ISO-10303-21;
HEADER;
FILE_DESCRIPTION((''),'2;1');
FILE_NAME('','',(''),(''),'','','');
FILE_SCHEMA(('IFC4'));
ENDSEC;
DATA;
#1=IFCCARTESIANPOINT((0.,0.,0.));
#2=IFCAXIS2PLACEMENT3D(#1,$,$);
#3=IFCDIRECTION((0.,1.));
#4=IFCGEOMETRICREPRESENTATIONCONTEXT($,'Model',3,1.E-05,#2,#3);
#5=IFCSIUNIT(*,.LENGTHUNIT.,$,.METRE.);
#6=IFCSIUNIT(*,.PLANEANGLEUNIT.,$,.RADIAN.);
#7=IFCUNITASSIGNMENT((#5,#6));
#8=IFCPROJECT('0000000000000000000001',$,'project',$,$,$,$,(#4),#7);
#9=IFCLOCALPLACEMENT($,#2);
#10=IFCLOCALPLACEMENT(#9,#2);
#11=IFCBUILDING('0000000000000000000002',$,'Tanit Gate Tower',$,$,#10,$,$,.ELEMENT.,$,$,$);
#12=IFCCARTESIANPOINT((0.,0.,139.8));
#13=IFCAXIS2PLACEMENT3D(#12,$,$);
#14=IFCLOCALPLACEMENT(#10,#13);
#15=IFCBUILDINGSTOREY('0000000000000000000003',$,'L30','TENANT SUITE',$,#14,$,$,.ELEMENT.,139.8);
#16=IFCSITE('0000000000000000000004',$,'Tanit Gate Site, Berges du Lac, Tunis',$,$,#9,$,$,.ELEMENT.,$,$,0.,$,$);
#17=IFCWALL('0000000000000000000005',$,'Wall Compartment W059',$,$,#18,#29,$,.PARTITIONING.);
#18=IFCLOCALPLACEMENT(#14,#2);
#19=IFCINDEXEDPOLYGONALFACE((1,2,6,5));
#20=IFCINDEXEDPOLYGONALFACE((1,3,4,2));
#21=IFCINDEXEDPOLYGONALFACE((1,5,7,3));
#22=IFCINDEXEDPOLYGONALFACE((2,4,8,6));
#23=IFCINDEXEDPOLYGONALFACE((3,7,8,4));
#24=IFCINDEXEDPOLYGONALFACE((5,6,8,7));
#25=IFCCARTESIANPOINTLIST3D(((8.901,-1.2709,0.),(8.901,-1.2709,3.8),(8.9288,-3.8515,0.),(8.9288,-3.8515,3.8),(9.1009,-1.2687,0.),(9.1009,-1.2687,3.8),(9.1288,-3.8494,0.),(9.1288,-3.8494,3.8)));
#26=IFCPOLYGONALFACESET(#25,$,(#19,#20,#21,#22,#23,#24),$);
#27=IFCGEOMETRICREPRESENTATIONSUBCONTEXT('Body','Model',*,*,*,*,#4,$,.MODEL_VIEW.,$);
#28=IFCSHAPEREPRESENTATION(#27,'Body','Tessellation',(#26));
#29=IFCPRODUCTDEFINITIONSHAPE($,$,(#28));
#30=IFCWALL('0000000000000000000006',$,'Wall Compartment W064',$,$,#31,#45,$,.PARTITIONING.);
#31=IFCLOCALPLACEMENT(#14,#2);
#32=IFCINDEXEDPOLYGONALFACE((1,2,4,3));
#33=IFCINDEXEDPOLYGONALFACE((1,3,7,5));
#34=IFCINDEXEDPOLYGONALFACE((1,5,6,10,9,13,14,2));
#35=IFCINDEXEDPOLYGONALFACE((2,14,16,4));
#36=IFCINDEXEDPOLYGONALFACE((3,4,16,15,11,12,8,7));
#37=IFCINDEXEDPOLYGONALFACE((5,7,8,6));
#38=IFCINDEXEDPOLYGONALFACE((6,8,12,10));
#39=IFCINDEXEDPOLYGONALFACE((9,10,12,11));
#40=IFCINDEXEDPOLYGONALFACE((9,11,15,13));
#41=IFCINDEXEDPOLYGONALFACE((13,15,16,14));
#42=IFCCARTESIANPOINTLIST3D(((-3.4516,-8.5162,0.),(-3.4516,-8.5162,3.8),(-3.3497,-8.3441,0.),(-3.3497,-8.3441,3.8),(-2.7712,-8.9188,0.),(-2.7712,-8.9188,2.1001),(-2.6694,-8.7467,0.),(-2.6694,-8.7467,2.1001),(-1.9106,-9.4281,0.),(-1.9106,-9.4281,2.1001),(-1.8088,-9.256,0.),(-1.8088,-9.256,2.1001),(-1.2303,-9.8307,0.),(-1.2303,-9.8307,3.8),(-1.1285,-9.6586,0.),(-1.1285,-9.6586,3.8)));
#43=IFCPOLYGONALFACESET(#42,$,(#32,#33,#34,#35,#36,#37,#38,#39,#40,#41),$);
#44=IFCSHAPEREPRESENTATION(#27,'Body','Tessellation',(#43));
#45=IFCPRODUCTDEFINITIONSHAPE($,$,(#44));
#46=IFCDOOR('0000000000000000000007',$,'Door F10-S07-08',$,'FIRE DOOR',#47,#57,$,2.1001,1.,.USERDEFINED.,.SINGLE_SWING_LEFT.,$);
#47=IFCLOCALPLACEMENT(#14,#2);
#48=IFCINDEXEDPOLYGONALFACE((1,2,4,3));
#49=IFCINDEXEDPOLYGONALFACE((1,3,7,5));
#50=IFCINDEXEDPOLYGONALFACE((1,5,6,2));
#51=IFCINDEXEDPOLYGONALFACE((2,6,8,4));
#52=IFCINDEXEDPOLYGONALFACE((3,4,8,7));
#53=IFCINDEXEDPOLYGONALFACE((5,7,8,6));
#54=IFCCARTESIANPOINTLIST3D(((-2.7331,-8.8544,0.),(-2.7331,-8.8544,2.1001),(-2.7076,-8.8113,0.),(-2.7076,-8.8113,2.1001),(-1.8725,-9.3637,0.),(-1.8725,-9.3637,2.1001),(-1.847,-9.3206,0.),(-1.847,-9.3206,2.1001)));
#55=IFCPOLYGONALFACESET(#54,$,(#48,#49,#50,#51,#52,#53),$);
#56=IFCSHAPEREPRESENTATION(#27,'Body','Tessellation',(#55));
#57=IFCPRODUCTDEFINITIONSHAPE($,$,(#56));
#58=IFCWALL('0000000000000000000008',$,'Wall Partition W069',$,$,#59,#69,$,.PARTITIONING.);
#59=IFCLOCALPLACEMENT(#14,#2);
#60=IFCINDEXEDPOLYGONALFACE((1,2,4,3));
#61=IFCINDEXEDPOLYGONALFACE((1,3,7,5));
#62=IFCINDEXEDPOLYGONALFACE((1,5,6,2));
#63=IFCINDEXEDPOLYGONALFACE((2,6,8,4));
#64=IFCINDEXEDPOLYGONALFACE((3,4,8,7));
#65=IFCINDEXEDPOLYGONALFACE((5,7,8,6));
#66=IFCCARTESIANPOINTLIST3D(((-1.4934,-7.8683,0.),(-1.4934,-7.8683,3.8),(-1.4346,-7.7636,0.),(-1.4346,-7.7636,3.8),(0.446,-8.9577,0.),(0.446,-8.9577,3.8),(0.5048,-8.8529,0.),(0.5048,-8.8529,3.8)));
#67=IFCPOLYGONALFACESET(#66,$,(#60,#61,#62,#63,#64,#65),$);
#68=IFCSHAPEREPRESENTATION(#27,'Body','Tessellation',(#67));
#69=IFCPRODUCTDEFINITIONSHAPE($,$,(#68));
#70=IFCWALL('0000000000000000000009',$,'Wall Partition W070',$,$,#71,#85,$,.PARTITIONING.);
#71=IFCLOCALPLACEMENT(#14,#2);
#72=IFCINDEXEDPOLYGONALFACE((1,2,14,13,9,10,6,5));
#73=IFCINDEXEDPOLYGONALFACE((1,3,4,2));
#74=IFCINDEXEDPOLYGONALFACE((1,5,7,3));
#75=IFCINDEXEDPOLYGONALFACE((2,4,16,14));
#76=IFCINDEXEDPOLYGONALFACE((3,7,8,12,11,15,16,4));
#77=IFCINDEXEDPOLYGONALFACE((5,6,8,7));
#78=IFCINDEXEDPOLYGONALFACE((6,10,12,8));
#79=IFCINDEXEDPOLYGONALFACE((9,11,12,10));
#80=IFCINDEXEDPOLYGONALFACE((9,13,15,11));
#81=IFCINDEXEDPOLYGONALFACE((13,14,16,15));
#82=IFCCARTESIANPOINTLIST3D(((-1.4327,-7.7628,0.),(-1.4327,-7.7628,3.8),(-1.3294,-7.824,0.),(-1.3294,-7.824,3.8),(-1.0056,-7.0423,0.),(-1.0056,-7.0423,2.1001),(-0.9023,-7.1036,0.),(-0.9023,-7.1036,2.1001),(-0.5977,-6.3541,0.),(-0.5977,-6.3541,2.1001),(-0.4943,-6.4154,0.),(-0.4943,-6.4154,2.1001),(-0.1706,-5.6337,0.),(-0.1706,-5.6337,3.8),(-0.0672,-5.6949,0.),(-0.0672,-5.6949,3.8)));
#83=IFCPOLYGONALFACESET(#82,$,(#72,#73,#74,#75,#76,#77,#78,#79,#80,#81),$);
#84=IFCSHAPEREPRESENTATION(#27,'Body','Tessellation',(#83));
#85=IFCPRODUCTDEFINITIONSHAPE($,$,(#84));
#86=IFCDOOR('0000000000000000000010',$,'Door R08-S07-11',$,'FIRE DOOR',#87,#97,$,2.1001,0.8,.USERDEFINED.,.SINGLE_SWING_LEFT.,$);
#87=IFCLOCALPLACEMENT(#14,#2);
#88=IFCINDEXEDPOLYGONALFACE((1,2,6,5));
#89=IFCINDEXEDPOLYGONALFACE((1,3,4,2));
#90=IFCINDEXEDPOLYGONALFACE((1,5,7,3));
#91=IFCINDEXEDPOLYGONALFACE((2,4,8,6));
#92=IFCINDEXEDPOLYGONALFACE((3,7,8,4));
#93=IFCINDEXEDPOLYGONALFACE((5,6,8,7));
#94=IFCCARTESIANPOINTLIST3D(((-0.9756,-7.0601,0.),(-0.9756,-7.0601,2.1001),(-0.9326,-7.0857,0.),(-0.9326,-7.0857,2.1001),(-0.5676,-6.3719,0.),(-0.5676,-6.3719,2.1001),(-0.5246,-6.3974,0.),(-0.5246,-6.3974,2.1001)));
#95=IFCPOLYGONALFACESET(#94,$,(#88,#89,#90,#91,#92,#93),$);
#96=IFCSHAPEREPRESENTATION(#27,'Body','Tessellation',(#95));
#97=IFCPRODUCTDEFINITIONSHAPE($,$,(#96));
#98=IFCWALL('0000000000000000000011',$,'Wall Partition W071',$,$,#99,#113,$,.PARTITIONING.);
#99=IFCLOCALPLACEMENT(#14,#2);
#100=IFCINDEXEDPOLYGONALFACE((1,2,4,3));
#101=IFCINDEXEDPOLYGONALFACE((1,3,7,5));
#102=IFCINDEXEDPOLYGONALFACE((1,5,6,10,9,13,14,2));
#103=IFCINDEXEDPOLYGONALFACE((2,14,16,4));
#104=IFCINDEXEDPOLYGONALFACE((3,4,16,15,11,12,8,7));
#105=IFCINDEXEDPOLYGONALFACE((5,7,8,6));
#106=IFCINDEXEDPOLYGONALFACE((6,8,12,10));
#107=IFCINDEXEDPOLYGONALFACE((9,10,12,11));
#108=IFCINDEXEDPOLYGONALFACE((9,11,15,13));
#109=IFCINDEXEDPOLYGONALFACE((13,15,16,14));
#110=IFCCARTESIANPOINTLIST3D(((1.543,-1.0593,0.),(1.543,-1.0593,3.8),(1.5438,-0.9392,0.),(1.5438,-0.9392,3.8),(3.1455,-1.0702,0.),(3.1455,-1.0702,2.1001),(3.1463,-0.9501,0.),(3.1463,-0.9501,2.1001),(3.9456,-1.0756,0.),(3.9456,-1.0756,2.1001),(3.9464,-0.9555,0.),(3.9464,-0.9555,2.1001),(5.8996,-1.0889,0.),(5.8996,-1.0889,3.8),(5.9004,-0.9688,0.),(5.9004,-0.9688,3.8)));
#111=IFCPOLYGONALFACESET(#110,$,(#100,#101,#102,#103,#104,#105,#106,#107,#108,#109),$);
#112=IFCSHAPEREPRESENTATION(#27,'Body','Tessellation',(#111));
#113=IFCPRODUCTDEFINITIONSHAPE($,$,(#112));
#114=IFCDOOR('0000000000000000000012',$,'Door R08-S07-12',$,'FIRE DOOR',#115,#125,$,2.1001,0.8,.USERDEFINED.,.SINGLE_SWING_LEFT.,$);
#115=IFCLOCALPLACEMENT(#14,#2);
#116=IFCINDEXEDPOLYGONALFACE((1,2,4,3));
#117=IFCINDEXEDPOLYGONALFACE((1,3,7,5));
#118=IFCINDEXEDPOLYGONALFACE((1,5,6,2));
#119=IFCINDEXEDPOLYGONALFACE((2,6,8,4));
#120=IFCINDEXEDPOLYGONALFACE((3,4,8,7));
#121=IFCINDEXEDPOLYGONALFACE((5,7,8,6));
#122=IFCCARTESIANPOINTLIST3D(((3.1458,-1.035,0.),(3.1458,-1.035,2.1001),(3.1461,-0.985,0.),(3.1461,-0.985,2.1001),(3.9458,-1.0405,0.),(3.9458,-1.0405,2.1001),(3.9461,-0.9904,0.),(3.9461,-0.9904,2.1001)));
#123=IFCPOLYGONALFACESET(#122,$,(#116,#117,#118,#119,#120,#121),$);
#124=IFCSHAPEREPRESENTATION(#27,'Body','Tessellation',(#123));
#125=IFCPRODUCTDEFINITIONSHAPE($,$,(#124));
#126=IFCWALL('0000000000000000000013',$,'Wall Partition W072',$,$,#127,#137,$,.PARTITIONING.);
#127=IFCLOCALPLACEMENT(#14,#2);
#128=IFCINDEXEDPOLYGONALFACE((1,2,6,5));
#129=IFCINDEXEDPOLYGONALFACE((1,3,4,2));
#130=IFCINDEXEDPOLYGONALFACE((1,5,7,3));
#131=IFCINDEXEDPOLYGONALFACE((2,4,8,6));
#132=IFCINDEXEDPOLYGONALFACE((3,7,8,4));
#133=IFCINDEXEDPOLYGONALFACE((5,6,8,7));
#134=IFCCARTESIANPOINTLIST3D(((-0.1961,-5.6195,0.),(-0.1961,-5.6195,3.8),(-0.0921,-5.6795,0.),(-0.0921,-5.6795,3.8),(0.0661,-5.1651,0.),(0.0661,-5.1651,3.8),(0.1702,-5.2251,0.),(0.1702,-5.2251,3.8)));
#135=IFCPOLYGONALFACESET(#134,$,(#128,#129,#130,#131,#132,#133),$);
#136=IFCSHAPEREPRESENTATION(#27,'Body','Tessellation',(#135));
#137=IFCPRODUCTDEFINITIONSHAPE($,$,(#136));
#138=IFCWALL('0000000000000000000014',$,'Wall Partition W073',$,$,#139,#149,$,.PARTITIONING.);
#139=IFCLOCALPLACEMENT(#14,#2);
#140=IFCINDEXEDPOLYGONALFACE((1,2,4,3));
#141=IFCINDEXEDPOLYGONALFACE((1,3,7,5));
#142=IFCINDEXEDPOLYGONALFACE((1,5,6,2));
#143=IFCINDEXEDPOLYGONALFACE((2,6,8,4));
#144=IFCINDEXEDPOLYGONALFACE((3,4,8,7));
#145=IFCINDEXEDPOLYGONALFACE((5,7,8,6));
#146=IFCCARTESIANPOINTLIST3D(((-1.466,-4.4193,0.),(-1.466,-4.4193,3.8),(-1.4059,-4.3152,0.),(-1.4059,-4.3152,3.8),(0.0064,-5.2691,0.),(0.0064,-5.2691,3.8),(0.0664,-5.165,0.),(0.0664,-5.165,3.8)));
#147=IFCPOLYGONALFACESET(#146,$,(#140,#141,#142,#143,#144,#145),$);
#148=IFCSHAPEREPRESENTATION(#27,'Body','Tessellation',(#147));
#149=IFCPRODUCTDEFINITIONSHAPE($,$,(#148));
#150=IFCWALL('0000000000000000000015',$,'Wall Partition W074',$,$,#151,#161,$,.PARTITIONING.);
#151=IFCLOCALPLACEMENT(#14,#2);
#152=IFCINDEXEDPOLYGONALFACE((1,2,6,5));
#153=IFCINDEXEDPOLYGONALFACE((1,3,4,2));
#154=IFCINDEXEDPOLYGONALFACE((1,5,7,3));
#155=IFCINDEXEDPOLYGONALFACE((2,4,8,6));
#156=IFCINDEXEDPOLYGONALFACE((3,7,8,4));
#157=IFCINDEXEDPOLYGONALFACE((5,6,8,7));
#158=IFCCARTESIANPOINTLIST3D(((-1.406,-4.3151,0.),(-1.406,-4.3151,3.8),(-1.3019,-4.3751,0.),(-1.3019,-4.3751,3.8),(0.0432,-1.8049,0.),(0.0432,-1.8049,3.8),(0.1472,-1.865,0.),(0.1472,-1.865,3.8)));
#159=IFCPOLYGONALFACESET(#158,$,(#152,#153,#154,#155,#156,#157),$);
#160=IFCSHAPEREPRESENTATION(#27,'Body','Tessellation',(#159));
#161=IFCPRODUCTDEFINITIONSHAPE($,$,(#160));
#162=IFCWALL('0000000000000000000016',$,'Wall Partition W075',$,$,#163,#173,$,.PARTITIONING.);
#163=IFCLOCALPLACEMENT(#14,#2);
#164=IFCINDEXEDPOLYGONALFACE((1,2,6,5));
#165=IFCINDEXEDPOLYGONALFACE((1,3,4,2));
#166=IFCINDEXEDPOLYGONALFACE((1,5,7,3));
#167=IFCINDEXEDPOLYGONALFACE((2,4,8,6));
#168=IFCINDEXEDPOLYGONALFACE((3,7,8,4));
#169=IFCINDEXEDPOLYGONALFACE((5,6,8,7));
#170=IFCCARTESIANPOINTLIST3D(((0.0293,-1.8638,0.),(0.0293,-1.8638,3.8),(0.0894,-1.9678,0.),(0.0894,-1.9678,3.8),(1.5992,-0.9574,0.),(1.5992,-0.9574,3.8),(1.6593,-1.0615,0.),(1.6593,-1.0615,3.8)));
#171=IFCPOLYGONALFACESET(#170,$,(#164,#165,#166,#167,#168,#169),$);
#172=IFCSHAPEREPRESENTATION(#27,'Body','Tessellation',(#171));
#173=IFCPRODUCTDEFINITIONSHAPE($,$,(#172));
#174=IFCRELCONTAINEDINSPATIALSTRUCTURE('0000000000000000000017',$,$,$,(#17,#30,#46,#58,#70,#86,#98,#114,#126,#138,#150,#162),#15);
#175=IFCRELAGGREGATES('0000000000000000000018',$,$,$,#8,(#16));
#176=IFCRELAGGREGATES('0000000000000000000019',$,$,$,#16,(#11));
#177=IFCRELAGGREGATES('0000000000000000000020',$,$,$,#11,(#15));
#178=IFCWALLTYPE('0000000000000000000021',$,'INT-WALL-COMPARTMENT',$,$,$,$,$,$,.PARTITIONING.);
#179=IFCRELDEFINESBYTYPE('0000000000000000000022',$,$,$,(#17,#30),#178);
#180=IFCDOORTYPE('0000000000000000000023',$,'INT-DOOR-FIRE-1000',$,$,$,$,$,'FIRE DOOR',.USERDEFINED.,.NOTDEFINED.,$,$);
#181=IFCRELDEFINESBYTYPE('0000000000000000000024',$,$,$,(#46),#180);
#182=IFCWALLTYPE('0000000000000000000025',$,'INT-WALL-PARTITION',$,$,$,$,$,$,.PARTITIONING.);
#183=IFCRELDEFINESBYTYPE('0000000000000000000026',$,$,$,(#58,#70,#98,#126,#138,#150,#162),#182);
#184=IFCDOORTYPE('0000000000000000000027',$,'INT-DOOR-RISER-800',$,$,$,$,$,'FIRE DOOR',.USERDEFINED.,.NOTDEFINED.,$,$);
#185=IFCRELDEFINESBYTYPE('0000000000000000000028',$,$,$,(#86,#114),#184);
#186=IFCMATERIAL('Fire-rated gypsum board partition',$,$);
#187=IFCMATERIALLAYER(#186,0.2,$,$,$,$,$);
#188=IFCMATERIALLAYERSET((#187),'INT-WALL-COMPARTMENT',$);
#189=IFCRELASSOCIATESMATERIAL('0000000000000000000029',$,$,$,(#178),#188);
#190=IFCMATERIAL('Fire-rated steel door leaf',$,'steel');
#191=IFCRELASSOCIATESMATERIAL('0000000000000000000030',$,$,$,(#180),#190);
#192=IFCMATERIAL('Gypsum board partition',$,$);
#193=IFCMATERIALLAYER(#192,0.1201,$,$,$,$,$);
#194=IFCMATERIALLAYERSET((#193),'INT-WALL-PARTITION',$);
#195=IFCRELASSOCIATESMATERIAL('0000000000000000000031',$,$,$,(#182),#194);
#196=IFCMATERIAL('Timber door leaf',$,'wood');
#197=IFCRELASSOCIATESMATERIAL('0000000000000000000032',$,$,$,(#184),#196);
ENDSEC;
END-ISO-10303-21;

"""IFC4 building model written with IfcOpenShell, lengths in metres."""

from ifc_helpers import new_model, si_unit, direction, frame, frame_2d, origin, place, context, subcontext, project, spatial, rectangle, extrude, material, layer, layer_set, type_object, element, fill, save


model = new_model("IFC4")

# Units and contexts
model_context = context("Model", 3, precision=1e-05, world=origin(), true_north=direction((0.0, 1.0)))
body_context = subcontext(model_context, "Body", "Model", "MODEL_VIEW")
ifc_project = project(units=[si_unit("LENGTHUNIT", "METRE"), si_unit("PLANEANGLEUNIT", "RADIAN")], contexts=[model_context])

# Site, building, storey
site_placement = place(None, origin())
site = spatial("IfcSite", under=ifc_project, at=site_placement, Name="Tanit Gate Site, Berges du Lac, Tunis", CompositionType="ELEMENT", RefElevation=0.0)
building_placement = place(site_placement, origin())
building = spatial("IfcBuilding", under=site, at=building_placement, Name="Tanit Gate Tower", CompositionType="ELEMENT")
storey_placement = place(building_placement, frame((0.0, 0.0, 139.8)))
storey = spatial("IfcBuildingStorey", under=building, at=storey_placement, Name="L30", Description="TENANT SUITE", CompositionType="ELEMENT", Elevation=139.8)

# Wall
ifc_material_1 = material(Name="Fire-rated gypsum board partition")
ifc_layer_1 = layer(ifc_material_1, 0.2)
ifc_layer_set_1 = layer_set([ifc_layer_1], Name="INT-WALL-COMPARTMENT")
wall_type_1 = type_object("IfcWallType", Name="INT-WALL-COMPARTMENT", PredefinedType="PARTITIONING", material=ifc_layer_set_1)
wall_1_placement = place(storey_placement, frame((9.0288, -3.8506, 0.0), z_axis=(0.0, 0.0, 1.0), x_axis=(-0.010785, 0.999942, 0.0)))
element("IfcWall", 1, at=wall_1_placement, inside=storey, type_object=wall_type_1, Name="Wall Compartment W059", PredefinedType="PARTITIONING", context=body_context, shape_type="SweptSolid", body=[
    extrude(rectangle(XDim=2.5808, YDim=0.2, at=frame_2d((1.2905, 0.0))), origin(), (0.0, 0.0, 1.0), 3.8),
])

# Wall, opening, door
wall_2_placement = place(storey_placement, frame((-3.4006, -8.4302, 0.0), z_axis=(0.0, 0.0, 1.0), x_axis=(0.860599, -0.509284, 0.0)))
wall_2 = element("IfcWall", 2, at=wall_2_placement, inside=storey, type_object=wall_type_1, Name="Wall Compartment W064", PredefinedType="PARTITIONING", context=body_context, shape_type="SweptSolid", body=[
    extrude(rectangle(XDim=2.5811, YDim=0.2, at=frame_2d((1.2905, 0.0))), origin(), (0.0, 0.0, 1.0), 3.8),
])
opening_1_placement = place(wall_2_placement, frame((0.7905, 0.0, 0.0)))
opening_1 = element("IfcOpeningElement", 3, at=opening_1_placement, cuts=wall_2, PredefinedType="OPENING", context=body_context, shape_type="SweptSolid", body=[
    extrude(rectangle(XDim=1.0, YDim=2.1001, at=frame_2d((0.5, 1.05))), frame((0.0, 0.1099, 0.0), z_axis=(0.0, -1.0, 0.0), x_axis=(1.0, 0.0, 0.0)), (0.0, 0.0, 1.0), 0.22),
])
ifc_material_2 = material(Name="Fire-rated steel door leaf", Category="steel")
door_type_1 = type_object("IfcDoorType", Name="INT-DOOR-FIRE-1000", ElementType="FIRE DOOR", OperationType="NOTDEFINED", PredefinedType="USERDEFINED", material=ifc_material_2)
door_1_placement = place(opening_1_placement, origin())
door_1 = element("IfcDoor", 4, at=door_1_placement, inside=storey, type_object=door_type_1, Name="Door F10-S07-08", ObjectType="FIRE DOOR", OperationType="SINGLE_SWING_LEFT", OverallHeight=2.1001, OverallWidth=1.0, PredefinedType="USERDEFINED", context=body_context, shape_type="SweptSolid", body=[
    extrude(rectangle(XDim=1.0, YDim=2.1001, at=frame_2d((0.5, 1.05))), frame((0.0, 0.0249, 0.0), z_axis=(0.0, -1.0, 0.0), x_axis=(1.0, 0.0, 0.0)), (0.0, 0.0, 1.0), 0.05),
])
fill(opening_1, door_1)

# Wall
ifc_material_3 = material(Name="Gypsum board partition")
ifc_layer_2 = layer(ifc_material_3, 0.1201)
ifc_layer_set_2 = layer_set([ifc_layer_2], Name="INT-WALL-PARTITION")
wall_type_2 = type_object("IfcWallType", Name="INT-WALL-PARTITION", PredefinedType="PARTITIONING", material=ifc_layer_set_2)
wall_3_placement = place(storey_placement, frame((-1.4641, -7.8159, 0.0), z_axis=(0.0, 0.0, 1.0), x_axis=(0.87188, -0.489719, 0.0)))
element("IfcWall", 5, at=wall_3_placement, inside=storey, type_object=wall_type_2, Name="Wall Partition W069", PredefinedType="PARTITIONING", context=body_context, shape_type="SweptSolid", body=[
    extrude(rectangle(XDim=2.2244, YDim=0.1201, at=frame_2d((1.1123, 0.0))), origin(), (0.0, 0.0, 1.0), 3.8),
])

# Walls, openings, doors
wall_4_placement = place(storey_placement, frame((-0.1189, -5.6643, 0.0), z_axis=(0.0, 0.0, 1.0), x_axis=(-0.509948, -0.860205, 0.0)))
wall_4 = element("IfcWall", 6, at=wall_4_placement, inside=storey, type_object=wall_type_2, Name="Wall Partition W070", PredefinedType="PARTITIONING", context=body_context, shape_type="SweptSolid", body=[
    extrude(rectangle(XDim=2.4751, YDim=0.1201, at=frame_2d((1.2375, 0.0))), origin(), (0.0, 0.0, 1.0), 3.8),
])
opening_2_placement = place(wall_4_placement, frame((0.8376, 0.0, 0.0)))
opening_2 = element("IfcOpeningElement", 7, at=opening_2_placement, cuts=wall_4, PredefinedType="OPENING", context=body_context, shape_type="SweptSolid", body=[
    extrude(rectangle(XDim=0.8, YDim=2.1001, at=frame_2d((0.3999, 1.05))), frame((0.0, 0.0701, 0.0), z_axis=(0.0, -1.0, 0.0), x_axis=(1.0, 0.0, 0.0)), (0.0, 0.0, 1.0), 0.1401),
])
ifc_material_4 = material(Name="Timber door leaf", Category="wood")
door_type_2 = type_object("IfcDoorType", Name="INT-DOOR-RISER-800", ElementType="FIRE DOOR", OperationType="NOTDEFINED", PredefinedType="USERDEFINED", material=ifc_material_4)
door_2_placement = place(opening_2_placement, origin())
door_2 = element("IfcDoor", 8, at=door_2_placement, inside=storey, type_object=door_type_2, Name="Door R08-S07-11", ObjectType="FIRE DOOR", OperationType="SINGLE_SWING_LEFT", OverallHeight=2.1001, OverallWidth=0.8, PredefinedType="USERDEFINED", context=body_context, shape_type="SweptSolid", body=[
    extrude(rectangle(XDim=0.8, YDim=2.1001, at=frame_2d((0.3999, 1.05))), frame((0.0, 0.0249, 0.0), z_axis=(0.0, -1.0, 0.0), x_axis=(1.0, 0.0, 0.0)), (0.0, 0.0, 1.0), 0.05),
])
fill(opening_2, door_2)
wall_5_placement = place(storey_placement, frame((5.8999, -1.0288, 0.0), z_axis=(0.0, 0.0, 1.0), x_axis=(-0.999977, 0.00678, 0.0)))
wall_5 = element("IfcWall", 9, at=wall_5_placement, inside=storey, type_object=wall_type_2, Name="Wall Partition W071", PredefinedType="PARTITIONING", context=body_context, shape_type="SweptSolid", body=[
    extrude(rectangle(XDim=4.3567, YDim=0.1201, at=frame_2d((2.1782, 0.0))), origin(), (0.0, 0.0, 1.0), 3.8),
])
opening_3_placement = place(wall_5_placement, frame((1.9541, 0.0, 0.0)))
opening_3 = element("IfcOpeningElement", 10, at=opening_3_placement, cuts=wall_5, PredefinedType="OPENING", context=body_context, shape_type="SweptSolid", body=[
    extrude(rectangle(XDim=0.8, YDim=2.1001, at=frame_2d((0.3999, 1.05))), frame((0.0, 0.0701, 0.0), z_axis=(0.0, -1.0, 0.0), x_axis=(1.0, 0.0, 0.0)), (0.0, 0.0, 1.0), 0.1401),
])
door_3_placement = place(opening_3_placement, origin())
door_3 = element("IfcDoor", 11, at=door_3_placement, inside=storey, type_object=door_type_2, Name="Door R08-S07-12", ObjectType="FIRE DOOR", OperationType="SINGLE_SWING_LEFT", OverallHeight=2.1001, OverallWidth=0.8, PredefinedType="USERDEFINED", context=body_context, shape_type="SweptSolid", body=[
    extrude(rectangle(XDim=0.8, YDim=2.1001, at=frame_2d((0.3999, 1.05))), frame((0.0, 0.0249, 0.0), z_axis=(0.0, -1.0, 0.0), x_axis=(1.0, 0.0, 0.0)), (0.0, 0.0, 1.0), 0.05),
])
fill(opening_3, door_3)

# Walls
wall_6_placement = place(storey_placement, frame((-0.144, -5.6494, 0.0), z_axis=(0.0, 0.0, 1.0), x_axis=(0.499843, 0.866116, 0.0)))
element("IfcWall", 12, at=wall_6_placement, inside=storey, type_object=wall_type_2, Name="Wall Partition W072", PredefinedType="PARTITIONING", context=body_context, shape_type="SweptSolid", body=[
    extrude(rectangle(XDim=0.5247, YDim=0.1201, at=frame_2d((0.2622, 0.0))), origin(), (0.0, 0.0, 1.0), 3.8),
])
wall_7_placement = place(storey_placement, frame((-1.436, -4.3672, 0.0), z_axis=(0.0, 0.0, 1.0), x_axis=(0.866088, -0.499892, 0.0)))
element("IfcWall", 13, at=wall_7_placement, inside=storey, type_object=wall_type_2, Name="Wall Partition W073", PredefinedType="PARTITIONING", context=body_context, shape_type="SweptSolid", body=[
    extrude(rectangle(XDim=1.7, YDim=0.1201, at=frame_2d((0.8501, 0.0))), origin(), (0.0, 0.0, 1.0), 3.8),
])
wall_8_placement = place(storey_placement, frame((0.0952, -1.835, 0.0), z_axis=(0.0, 0.0, 1.0), x_axis=(-0.49998, -0.866037, 0.0)))
element("IfcWall", 14, at=wall_8_placement, inside=storey, type_object=wall_type_2, Name="Wall Partition W074", PredefinedType="PARTITIONING", context=body_context, shape_type="SweptSolid", body=[
    extrude(rectangle(XDim=2.8984, YDim=0.1201, at=frame_2d((1.4492, 0.0))), origin(), (0.0, 0.0, 1.0), 3.8),
])
wall_9_placement = place(storey_placement, frame((1.6292, -1.0095, 0.0), z_axis=(0.0, 0.0, 1.0), x_axis=(-0.866047, -0.499963, 0.0)))
element("IfcWall", 15, at=wall_9_placement, inside=storey, type_object=wall_type_2, Name="Wall Partition W075", PredefinedType="PARTITIONING", context=body_context, shape_type="SweptSolid", body=[
    extrude(rectangle(XDim=1.8127, YDim=0.1201, at=frame_2d((0.9062, 0.0))), origin(), (0.0, 0.0, 1.0), 3.8),
])

save(model, "model.ifc")
